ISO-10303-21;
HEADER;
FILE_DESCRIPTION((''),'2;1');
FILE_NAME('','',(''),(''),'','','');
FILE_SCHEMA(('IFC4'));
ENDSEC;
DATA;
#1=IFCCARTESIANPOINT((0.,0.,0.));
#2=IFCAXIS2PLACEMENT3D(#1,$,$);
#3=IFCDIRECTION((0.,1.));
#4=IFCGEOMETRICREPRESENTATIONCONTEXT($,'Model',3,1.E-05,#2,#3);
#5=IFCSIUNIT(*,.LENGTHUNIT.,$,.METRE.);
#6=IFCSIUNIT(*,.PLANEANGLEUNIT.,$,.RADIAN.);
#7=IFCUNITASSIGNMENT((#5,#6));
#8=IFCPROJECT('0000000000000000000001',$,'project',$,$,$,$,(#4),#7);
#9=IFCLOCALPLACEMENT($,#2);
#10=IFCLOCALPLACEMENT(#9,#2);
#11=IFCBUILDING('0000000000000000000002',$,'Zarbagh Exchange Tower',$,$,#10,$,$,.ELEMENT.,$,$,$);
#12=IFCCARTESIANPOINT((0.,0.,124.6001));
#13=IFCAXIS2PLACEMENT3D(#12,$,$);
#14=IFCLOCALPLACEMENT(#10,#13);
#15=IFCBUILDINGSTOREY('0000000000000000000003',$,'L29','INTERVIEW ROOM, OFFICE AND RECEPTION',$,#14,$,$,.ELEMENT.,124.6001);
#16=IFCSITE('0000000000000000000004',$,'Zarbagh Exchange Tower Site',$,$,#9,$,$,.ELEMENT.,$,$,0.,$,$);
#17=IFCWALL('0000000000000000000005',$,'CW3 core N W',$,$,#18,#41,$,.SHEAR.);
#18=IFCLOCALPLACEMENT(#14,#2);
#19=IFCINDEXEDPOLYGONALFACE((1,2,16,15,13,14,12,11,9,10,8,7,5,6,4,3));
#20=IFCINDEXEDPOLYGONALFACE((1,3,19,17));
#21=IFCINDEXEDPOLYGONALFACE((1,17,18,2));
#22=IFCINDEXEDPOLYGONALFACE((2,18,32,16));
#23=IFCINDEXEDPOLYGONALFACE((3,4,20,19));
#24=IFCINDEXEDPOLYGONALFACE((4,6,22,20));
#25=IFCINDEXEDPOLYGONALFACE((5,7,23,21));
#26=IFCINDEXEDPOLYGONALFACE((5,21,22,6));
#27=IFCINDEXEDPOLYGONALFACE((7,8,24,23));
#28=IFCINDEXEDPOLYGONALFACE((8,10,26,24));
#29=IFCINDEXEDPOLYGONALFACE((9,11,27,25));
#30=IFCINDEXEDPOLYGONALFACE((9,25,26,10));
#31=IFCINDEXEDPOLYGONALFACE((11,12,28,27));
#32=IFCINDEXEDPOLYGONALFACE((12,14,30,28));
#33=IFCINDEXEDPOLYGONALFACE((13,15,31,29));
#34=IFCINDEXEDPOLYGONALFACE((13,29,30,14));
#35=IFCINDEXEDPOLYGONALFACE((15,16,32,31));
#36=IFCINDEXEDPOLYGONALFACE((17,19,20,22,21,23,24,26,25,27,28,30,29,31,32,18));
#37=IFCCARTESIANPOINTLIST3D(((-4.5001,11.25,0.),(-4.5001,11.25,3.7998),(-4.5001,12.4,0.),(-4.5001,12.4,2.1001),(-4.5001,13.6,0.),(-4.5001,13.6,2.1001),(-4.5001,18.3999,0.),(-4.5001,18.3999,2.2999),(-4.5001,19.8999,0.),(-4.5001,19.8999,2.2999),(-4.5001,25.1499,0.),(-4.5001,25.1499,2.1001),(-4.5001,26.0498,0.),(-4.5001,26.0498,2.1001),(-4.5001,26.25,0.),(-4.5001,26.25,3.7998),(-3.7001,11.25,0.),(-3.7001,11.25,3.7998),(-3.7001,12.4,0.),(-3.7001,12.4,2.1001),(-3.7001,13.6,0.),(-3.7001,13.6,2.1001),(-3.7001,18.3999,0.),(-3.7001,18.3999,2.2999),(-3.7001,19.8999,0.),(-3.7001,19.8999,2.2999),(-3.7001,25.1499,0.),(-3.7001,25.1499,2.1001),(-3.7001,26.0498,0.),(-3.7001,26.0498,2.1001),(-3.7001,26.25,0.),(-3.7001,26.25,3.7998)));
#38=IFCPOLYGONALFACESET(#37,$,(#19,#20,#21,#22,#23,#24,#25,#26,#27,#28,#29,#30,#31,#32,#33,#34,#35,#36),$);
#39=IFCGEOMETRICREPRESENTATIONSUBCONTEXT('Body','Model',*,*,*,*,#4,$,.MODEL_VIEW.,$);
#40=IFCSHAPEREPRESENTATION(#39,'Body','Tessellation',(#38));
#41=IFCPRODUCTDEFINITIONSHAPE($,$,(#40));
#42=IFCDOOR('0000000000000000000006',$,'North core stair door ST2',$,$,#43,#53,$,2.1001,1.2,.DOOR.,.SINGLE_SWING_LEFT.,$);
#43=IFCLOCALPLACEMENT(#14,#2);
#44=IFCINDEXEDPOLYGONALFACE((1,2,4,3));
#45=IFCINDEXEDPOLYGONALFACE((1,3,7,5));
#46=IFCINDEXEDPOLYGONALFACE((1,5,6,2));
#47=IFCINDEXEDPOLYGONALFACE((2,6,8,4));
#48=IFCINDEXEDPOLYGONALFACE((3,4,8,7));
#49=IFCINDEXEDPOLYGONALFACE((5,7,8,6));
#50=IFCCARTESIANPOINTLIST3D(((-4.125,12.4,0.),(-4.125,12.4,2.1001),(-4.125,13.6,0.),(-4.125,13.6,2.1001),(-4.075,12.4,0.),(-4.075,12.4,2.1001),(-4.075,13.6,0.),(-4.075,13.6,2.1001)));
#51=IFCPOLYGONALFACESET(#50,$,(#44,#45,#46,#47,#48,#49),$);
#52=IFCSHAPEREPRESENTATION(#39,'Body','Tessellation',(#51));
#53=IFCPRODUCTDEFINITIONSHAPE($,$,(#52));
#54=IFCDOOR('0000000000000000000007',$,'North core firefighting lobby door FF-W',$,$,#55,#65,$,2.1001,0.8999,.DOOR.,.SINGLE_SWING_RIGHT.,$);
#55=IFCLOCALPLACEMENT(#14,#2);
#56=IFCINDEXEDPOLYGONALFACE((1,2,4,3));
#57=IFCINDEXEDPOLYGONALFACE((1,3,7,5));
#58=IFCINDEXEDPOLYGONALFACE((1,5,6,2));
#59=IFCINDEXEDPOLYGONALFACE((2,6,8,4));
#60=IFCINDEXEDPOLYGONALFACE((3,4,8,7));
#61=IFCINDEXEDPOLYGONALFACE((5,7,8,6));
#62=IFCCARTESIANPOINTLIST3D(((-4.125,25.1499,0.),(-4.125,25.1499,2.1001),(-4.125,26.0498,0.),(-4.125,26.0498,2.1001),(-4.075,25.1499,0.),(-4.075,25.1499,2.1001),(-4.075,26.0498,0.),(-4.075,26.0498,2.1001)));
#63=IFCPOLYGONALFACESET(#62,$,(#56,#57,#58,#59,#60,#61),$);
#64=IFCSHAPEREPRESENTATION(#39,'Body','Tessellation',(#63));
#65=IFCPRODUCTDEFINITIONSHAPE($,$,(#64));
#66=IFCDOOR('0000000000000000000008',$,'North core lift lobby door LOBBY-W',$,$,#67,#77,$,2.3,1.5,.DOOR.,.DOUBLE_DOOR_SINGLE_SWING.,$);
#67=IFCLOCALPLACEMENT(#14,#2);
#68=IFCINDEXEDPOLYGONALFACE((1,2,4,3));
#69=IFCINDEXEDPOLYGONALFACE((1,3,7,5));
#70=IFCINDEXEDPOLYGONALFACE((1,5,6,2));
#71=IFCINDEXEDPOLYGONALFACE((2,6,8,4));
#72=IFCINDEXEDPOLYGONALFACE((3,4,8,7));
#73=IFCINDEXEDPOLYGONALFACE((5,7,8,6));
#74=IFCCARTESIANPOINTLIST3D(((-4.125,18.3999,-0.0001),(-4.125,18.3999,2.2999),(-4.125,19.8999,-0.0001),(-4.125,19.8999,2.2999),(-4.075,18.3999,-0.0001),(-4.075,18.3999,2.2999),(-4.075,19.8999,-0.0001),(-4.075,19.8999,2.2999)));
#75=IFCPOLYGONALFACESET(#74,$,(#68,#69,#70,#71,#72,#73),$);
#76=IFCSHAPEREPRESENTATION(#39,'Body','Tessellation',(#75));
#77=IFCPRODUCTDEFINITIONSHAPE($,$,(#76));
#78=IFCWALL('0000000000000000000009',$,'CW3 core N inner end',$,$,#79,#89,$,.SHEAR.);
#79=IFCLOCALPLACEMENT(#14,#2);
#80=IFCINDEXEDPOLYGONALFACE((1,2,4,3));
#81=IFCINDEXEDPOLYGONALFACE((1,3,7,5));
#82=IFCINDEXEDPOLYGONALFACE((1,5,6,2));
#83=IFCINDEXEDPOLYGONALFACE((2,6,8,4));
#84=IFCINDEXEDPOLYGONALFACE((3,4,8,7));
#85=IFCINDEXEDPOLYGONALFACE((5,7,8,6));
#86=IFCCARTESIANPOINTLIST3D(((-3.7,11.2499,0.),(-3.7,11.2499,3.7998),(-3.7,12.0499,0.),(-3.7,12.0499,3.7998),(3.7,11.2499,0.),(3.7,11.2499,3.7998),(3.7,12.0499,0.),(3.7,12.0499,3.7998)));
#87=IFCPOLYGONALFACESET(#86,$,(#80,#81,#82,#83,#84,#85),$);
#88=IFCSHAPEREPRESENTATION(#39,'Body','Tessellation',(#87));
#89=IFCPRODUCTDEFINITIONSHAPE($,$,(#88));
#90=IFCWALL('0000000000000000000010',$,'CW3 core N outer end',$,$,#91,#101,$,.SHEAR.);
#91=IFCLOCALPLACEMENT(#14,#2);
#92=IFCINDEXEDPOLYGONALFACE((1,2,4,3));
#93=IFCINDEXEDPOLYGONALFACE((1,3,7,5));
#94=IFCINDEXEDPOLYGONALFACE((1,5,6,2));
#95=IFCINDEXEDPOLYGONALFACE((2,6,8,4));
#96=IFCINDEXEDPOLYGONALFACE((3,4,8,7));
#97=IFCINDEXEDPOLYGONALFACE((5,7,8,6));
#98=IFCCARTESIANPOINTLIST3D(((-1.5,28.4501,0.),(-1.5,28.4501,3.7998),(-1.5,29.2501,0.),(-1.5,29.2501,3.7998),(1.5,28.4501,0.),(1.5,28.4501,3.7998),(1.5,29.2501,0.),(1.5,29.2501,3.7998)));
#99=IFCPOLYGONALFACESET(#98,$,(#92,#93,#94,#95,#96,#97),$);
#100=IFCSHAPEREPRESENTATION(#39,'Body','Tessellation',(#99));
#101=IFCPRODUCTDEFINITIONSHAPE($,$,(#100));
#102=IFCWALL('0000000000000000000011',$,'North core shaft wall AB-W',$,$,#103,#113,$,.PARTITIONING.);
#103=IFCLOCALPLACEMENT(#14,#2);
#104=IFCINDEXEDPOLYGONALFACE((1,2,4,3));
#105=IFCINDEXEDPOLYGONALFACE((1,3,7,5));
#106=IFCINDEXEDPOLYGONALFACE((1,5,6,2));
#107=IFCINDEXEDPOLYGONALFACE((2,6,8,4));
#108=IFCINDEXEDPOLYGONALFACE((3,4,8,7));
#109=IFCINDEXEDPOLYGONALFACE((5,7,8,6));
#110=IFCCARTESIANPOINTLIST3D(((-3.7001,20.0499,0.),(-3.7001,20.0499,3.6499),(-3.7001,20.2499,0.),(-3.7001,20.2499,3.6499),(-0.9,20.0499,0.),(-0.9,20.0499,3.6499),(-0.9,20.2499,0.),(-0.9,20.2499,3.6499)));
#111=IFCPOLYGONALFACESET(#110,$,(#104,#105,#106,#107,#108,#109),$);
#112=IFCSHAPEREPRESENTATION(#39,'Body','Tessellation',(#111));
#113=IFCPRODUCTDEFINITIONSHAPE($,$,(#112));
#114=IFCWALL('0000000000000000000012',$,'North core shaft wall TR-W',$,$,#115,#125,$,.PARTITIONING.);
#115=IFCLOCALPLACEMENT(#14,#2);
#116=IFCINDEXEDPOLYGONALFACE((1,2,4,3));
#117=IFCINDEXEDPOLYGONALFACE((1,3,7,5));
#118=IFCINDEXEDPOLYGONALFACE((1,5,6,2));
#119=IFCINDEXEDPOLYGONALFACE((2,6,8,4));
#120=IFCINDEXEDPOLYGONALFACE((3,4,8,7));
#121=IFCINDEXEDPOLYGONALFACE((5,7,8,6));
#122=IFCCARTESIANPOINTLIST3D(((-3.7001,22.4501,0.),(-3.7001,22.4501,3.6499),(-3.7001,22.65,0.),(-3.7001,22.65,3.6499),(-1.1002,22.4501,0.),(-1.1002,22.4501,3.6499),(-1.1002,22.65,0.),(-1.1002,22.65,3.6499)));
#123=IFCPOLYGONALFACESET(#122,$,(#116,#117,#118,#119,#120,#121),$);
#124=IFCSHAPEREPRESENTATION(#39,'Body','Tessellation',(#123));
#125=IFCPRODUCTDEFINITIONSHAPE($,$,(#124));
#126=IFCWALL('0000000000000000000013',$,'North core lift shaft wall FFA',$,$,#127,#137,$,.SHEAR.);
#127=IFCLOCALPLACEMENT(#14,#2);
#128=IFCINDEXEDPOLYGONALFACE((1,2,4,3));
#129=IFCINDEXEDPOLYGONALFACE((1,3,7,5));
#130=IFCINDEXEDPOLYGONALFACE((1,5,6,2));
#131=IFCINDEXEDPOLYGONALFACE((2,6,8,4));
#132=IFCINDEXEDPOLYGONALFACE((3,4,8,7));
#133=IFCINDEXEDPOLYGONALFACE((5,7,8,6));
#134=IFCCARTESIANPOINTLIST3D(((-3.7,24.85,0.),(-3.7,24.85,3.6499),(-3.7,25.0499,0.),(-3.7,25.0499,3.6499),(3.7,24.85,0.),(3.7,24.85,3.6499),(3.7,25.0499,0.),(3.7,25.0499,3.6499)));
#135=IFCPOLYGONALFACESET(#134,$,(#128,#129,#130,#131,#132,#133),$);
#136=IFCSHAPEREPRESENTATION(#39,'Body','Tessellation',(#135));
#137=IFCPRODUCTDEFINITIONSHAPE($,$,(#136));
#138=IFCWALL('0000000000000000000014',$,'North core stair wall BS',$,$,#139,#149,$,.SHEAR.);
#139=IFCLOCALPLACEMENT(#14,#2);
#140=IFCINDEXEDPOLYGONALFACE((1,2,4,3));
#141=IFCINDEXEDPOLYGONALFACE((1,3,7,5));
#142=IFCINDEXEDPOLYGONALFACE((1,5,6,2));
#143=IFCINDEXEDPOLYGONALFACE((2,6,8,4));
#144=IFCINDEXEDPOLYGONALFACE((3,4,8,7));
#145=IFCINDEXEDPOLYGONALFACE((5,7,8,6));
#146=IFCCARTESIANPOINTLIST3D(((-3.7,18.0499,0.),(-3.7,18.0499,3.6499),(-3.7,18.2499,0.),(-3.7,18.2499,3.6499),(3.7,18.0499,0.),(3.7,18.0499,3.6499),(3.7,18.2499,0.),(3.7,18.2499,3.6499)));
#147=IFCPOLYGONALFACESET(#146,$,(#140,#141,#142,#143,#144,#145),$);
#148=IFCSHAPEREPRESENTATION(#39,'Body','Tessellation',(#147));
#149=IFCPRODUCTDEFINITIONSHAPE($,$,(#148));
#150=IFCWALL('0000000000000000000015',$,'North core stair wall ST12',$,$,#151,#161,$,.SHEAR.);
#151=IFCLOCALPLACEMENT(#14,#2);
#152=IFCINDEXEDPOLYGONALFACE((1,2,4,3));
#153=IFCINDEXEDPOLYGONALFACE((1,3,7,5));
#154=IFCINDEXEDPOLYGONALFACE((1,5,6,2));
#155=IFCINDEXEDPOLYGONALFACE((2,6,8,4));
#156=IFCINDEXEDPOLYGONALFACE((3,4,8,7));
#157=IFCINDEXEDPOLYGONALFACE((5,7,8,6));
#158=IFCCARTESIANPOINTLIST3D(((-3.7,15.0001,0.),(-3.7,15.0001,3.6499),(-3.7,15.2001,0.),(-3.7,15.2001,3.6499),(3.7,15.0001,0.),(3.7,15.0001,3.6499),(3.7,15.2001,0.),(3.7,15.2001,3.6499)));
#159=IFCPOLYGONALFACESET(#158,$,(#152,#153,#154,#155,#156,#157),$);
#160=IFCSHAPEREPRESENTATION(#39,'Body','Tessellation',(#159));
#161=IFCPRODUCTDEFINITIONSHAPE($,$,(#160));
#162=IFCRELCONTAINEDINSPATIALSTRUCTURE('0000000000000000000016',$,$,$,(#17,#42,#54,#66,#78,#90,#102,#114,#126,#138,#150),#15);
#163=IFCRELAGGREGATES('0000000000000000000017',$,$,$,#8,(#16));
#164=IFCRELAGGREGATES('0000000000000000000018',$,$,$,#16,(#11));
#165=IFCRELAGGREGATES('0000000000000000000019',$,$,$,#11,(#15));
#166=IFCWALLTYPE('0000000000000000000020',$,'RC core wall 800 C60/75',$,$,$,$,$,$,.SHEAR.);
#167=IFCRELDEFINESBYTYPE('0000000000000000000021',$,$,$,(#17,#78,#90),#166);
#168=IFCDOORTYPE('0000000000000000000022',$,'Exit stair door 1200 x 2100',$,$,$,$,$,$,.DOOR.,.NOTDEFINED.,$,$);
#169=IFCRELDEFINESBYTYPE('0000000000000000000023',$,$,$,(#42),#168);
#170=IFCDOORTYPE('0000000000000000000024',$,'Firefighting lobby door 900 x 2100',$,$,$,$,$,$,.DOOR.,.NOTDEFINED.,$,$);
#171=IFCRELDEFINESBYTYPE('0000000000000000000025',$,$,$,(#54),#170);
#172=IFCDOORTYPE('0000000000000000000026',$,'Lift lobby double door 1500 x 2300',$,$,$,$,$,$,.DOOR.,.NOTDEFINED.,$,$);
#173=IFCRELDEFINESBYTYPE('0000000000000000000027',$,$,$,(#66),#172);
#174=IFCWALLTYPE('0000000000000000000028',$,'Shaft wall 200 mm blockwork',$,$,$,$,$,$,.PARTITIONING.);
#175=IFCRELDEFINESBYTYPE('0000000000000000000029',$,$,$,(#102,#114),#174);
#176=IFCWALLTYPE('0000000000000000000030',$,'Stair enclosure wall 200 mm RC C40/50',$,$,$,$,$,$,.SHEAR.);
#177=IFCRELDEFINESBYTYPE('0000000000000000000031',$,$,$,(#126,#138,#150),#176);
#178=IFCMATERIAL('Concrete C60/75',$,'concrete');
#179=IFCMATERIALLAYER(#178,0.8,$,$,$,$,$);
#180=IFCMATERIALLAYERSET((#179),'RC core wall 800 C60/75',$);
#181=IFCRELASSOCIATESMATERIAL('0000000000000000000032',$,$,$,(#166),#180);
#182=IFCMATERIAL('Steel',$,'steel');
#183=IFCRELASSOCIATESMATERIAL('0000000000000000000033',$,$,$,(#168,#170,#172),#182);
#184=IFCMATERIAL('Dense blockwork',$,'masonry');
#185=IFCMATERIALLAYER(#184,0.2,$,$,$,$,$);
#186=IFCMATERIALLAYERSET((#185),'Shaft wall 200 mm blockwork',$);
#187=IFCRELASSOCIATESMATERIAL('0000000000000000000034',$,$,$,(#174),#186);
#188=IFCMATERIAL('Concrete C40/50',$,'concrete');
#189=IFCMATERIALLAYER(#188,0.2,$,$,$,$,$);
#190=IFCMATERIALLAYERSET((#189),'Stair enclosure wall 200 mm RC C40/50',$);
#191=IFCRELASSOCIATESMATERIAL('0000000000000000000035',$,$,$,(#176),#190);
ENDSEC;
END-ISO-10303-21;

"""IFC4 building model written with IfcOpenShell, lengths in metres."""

from ifc_helpers import new_model, si_unit, direction, frame, frame_2d, origin, place, context, subcontext, project, spatial, rectangle, extrude, material, layer, layer_set, type_object, element, fill, save


model = new_model("IFC4")

# Units and contexts
model_context = context("Model", 3, precision=1e-05, world=origin(), true_north=direction((0.0, 1.0)))
body_context = subcontext(model_context, "Body", "Model", "MODEL_VIEW")
ifc_project = project(units=[si_unit("LENGTHUNIT", "METRE"), si_unit("PLANEANGLEUNIT", "RADIAN")], contexts=[model_context])

# Site, building, storey
site_placement = place(None, origin())
site = spatial("IfcSite", under=ifc_project, at=site_placement, Name="Zarbagh Exchange Tower Site", CompositionType="ELEMENT", RefElevation=0.0)
building_placement = place(site_placement, origin())
building = spatial("IfcBuilding", under=site, at=building_placement, Name="Zarbagh Exchange Tower", CompositionType="ELEMENT")
storey_placement = place(building_placement, frame((0.0, 0.0, 124.6001)))
storey = spatial("IfcBuildingStorey", under=building, at=storey_placement, Name="L29", Description="INTERVIEW ROOM, OFFICE AND RECEPTION", CompositionType="ELEMENT", Elevation=124.6001)

# Shared definitions
ifc_material_1 = material(Name="Concrete C60/75", Category="concrete")

# Wall, openings, doors
ifc_layer_1 = layer(ifc_material_1, 0.8)
ifc_layer_set_1 = layer_set([ifc_layer_1], Name="RC core wall 800 C60/75")
wall_type_1 = type_object("IfcWallType", Name="RC core wall 800 C60/75", PredefinedType="SHEAR", material=ifc_layer_set_1)
wall_1_placement = place(storey_placement, frame((-4.1001, 11.25, 0.0), z_axis=(0.0, 0.0, 1.0), x_axis=(0.0, 1.0, 0.0)))
wall_1 = element("IfcWall", 1, at=wall_1_placement, inside=storey, type_object=wall_type_1, Name="CW3 core N W", PredefinedType="SHEAR", context=body_context, shape_type="SweptSolid", body=[
    extrude(rectangle(XDim=15.0, YDim=0.8, at=frame_2d((7.5, 0.0))), origin(), (0.0, 0.0, 1.0), 3.7998),
])
opening_1_placement = place(wall_1_placement, frame((7.1499, 0.0, 0.0)))
opening_1 = element("IfcOpeningElement", 2, at=opening_1_placement, cuts=wall_1, PredefinedType="OPENING", context=body_context, shape_type="SweptSolid", body=[
    extrude(rectangle(XDim=1.5, YDim=2.3, at=frame_2d((0.75, 1.1499))), frame((0.0, 0.4099, 0.0), z_axis=(0.0, -1.0, 0.0), x_axis=(1.0, 0.0, 0.0)), (0.0, 0.0, 1.0), 0.8201),
])
opening_2_placement = place(wall_1_placement, frame((13.8999, 0.0, 0.0)))
opening_2 = element("IfcOpeningElement", 3, at=opening_2_placement, cuts=wall_1, PredefinedType="OPENING", context=body_context, shape_type="SweptSolid", body=[
    extrude(rectangle(XDim=0.8999, YDim=2.1001, at=frame_2d((0.45, 1.05))), frame((0.0, 0.4099, 0.0), z_axis=(0.0, -1.0, 0.0), x_axis=(1.0, 0.0, 0.0)), (0.0, 0.0, 1.0), 0.8201),
])
opening_3_placement = place(wall_1_placement, frame((1.1499, 0.0, 0.0)))
opening_3 = element("IfcOpeningElement", 4, at=opening_3_placement, cuts=wall_1, PredefinedType="OPENING", context=body_context, shape_type="SweptSolid", body=[
    extrude(rectangle(XDim=1.2, YDim=2.1001, at=frame_2d((0.6001, 1.05))), frame((0.0, 0.4099, 0.0), z_axis=(0.0, -1.0, 0.0), x_axis=(1.0, 0.0, 0.0)), (0.0, 0.0, 1.0), 0.8201),
])
ifc_material_2 = material(Name="Steel", Category="steel")
door_type_1 = type_object("IfcDoorType", Name="Exit stair door 1200 x 2100", OperationType="NOTDEFINED", PredefinedType="DOOR", material=ifc_material_2)
door_1_placement = place(opening_3_placement, origin())
door_1 = element("IfcDoor", 5, at=door_1_placement, inside=storey, type_object=door_type_1, Name="North core stair door ST2", OperationType="SINGLE_SWING_LEFT", OverallHeight=2.1001, OverallWidth=1.2, PredefinedType="DOOR", context=body_context, shape_type="SweptSolid", body=[
    extrude(rectangle(XDim=1.2, YDim=2.1001, at=frame_2d((0.6001, 1.05))), frame((0.0, 0.0249, 0.0), z_axis=(0.0, -1.0, 0.0), x_axis=(1.0, 0.0, 0.0)), (0.0, 0.0, 1.0), 0.05),
])
fill(opening_3, door_1)
door_type_2 = type_object("IfcDoorType", Name="Firefighting lobby door 900 x 2100", OperationType="NOTDEFINED", PredefinedType="DOOR", material=ifc_material_2)
door_2_placement = place(opening_2_placement, origin())
door_2 = element("IfcDoor", 6, at=door_2_placement, inside=storey, type_object=door_type_2, Name="North core firefighting lobby door FF-W", OperationType="SINGLE_SWING_RIGHT", OverallHeight=2.1001, OverallWidth=0.8999, PredefinedType="DOOR", context=body_context, shape_type="SweptSolid", body=[
    extrude(rectangle(XDim=0.8999, YDim=2.1001, at=frame_2d((0.45, 1.05))), frame((0.0, 0.0249, 0.0), z_axis=(0.0, -1.0, 0.0), x_axis=(1.0, 0.0, 0.0)), (0.0, 0.0, 1.0), 0.05),
])
fill(opening_2, door_2)
door_type_3 = type_object("IfcDoorType", Name="Lift lobby double door 1500 x 2300", OperationType="NOTDEFINED", PredefinedType="DOOR", material=ifc_material_2)
door_3_placement = place(opening_1_placement, origin())
door_3 = element("IfcDoor", 7, at=door_3_placement, inside=storey, type_object=door_type_3, Name="North core lift lobby door LOBBY-W", OperationType="DOUBLE_DOOR_SINGLE_SWING", OverallHeight=2.3, OverallWidth=1.5, PredefinedType="DOOR", context=body_context, shape_type="SweptSolid", body=[
    extrude(rectangle(XDim=1.5, YDim=2.3, at=frame_2d((0.75, 1.1499))), frame((0.0, 0.0249, 0.0), z_axis=(0.0, -1.0, 0.0), x_axis=(1.0, 0.0, 0.0)), (0.0, 0.0, 1.0), 0.05),
])
fill(opening_1, door_3)

# Walls
wall_2_placement = place(storey_placement, frame((-3.7, 11.6499, 0.0), z_axis=(0.0, 0.0, 1.0), x_axis=(1.0, 0.0, 0.0)))
element("IfcWall", 8, at=wall_2_placement, inside=storey, type_object=wall_type_1, Name="CW3 core N inner end", PredefinedType="SHEAR", context=body_context, shape_type="SweptSolid", body=[
    extrude(rectangle(XDim=7.3999, YDim=0.8, at=frame_2d((3.7, 0.0))), origin(), (0.0, 0.0, 1.0), 3.7998),
])
wall_3_placement = place(storey_placement, frame((-1.5, 28.8501, 0.0), z_axis=(0.0, 0.0, 1.0), x_axis=(1.0, 0.0, 0.0)))
element("IfcWall", 9, at=wall_3_placement, inside=storey, type_object=wall_type_1, Name="CW3 core N outer end", PredefinedType="SHEAR", context=body_context, shape_type="SweptSolid", body=[
    extrude(rectangle(XDim=3.0, YDim=0.8, at=frame_2d((1.5, 0.0))), origin(), (0.0, 0.0, 1.0), 3.7998),
])
ifc_material_3 = material(Name="Dense blockwork", Category="masonry")
ifc_layer_2 = layer(ifc_material_3, 0.2)
ifc_layer_set_2 = layer_set([ifc_layer_2], Name="Shaft wall 200 mm blockwork")
wall_type_2 = type_object("IfcWallType", Name="Shaft wall 200 mm blockwork", PredefinedType="PARTITIONING", material=ifc_layer_set_2)
wall_4_placement = place(storey_placement, frame((-3.7, 20.1499, 0.0), z_axis=(0.0, 0.0, 1.0), x_axis=(1.0, 0.0, 0.0)))
element("IfcWall", 10, at=wall_4_placement, inside=storey, type_object=wall_type_2, Name="North core shaft wall AB-W", PredefinedType="PARTITIONING", context=body_context, shape_type="SweptSolid", body=[
    extrude(rectangle(XDim=2.8, YDim=0.2, at=frame_2d((1.3999, 0.0))), origin(), (0.0, 0.0, 1.0), 3.6499),
])
wall_5_placement = place(storey_placement, frame((-3.7, 22.55, 0.0), z_axis=(0.0, 0.0, 1.0), x_axis=(1.0, 0.0, 0.0)))
element("IfcWall", 11, at=wall_5_placement, inside=storey, type_object=wall_type_2, Name="North core shaft wall TR-W", PredefinedType="PARTITIONING", context=body_context, shape_type="SweptSolid", body=[
    extrude(rectangle(XDim=2.5999, YDim=0.2, at=frame_2d((1.2998, 0.0))), origin(), (0.0, 0.0, 1.0), 3.6499),
])
ifc_material_4 = material(Name="Concrete C40/50", Category="concrete")
ifc_layer_3 = layer(ifc_material_4, 0.2)
ifc_layer_set_3 = layer_set([ifc_layer_3], Name="Stair enclosure wall 200 mm RC C40/50")
wall_type_3 = type_object("IfcWallType", Name="Stair enclosure wall 200 mm RC C40/50", PredefinedType="SHEAR", material=ifc_layer_set_3)
for number, where, z_axis, x_axis, name in (
    (12, (-3.7, 24.95, 0.0), (0.0, 0.0, 1.0), (1.0, 0.0, 0.0), "North core lift shaft wall FFA"),
    (13, (-3.7, 18.1499, 0.0), (0.0, 0.0, 1.0), (1.0, 0.0, 0.0), "North core stair wall BS"),
    (14, (-3.7, 15.1001, 0.0), (0.0, 0.0, 1.0), (1.0, 0.0, 0.0), "North core stair wall ST12"),
):
    element("IfcWall", number, at=place(storey_placement, frame(where, z_axis=z_axis, x_axis=x_axis)), inside=storey, type_object=wall_type_3, Name=name, PredefinedType="SHEAR", context=body_context, shape_type="SweptSolid", body=[
        extrude(rectangle(XDim=7.3999, YDim=0.2, at=frame_2d((3.7, 0.0))), origin(), (0.0, 0.0, 1.0), 3.6499),
    ])

save(model, "model.ifc")
